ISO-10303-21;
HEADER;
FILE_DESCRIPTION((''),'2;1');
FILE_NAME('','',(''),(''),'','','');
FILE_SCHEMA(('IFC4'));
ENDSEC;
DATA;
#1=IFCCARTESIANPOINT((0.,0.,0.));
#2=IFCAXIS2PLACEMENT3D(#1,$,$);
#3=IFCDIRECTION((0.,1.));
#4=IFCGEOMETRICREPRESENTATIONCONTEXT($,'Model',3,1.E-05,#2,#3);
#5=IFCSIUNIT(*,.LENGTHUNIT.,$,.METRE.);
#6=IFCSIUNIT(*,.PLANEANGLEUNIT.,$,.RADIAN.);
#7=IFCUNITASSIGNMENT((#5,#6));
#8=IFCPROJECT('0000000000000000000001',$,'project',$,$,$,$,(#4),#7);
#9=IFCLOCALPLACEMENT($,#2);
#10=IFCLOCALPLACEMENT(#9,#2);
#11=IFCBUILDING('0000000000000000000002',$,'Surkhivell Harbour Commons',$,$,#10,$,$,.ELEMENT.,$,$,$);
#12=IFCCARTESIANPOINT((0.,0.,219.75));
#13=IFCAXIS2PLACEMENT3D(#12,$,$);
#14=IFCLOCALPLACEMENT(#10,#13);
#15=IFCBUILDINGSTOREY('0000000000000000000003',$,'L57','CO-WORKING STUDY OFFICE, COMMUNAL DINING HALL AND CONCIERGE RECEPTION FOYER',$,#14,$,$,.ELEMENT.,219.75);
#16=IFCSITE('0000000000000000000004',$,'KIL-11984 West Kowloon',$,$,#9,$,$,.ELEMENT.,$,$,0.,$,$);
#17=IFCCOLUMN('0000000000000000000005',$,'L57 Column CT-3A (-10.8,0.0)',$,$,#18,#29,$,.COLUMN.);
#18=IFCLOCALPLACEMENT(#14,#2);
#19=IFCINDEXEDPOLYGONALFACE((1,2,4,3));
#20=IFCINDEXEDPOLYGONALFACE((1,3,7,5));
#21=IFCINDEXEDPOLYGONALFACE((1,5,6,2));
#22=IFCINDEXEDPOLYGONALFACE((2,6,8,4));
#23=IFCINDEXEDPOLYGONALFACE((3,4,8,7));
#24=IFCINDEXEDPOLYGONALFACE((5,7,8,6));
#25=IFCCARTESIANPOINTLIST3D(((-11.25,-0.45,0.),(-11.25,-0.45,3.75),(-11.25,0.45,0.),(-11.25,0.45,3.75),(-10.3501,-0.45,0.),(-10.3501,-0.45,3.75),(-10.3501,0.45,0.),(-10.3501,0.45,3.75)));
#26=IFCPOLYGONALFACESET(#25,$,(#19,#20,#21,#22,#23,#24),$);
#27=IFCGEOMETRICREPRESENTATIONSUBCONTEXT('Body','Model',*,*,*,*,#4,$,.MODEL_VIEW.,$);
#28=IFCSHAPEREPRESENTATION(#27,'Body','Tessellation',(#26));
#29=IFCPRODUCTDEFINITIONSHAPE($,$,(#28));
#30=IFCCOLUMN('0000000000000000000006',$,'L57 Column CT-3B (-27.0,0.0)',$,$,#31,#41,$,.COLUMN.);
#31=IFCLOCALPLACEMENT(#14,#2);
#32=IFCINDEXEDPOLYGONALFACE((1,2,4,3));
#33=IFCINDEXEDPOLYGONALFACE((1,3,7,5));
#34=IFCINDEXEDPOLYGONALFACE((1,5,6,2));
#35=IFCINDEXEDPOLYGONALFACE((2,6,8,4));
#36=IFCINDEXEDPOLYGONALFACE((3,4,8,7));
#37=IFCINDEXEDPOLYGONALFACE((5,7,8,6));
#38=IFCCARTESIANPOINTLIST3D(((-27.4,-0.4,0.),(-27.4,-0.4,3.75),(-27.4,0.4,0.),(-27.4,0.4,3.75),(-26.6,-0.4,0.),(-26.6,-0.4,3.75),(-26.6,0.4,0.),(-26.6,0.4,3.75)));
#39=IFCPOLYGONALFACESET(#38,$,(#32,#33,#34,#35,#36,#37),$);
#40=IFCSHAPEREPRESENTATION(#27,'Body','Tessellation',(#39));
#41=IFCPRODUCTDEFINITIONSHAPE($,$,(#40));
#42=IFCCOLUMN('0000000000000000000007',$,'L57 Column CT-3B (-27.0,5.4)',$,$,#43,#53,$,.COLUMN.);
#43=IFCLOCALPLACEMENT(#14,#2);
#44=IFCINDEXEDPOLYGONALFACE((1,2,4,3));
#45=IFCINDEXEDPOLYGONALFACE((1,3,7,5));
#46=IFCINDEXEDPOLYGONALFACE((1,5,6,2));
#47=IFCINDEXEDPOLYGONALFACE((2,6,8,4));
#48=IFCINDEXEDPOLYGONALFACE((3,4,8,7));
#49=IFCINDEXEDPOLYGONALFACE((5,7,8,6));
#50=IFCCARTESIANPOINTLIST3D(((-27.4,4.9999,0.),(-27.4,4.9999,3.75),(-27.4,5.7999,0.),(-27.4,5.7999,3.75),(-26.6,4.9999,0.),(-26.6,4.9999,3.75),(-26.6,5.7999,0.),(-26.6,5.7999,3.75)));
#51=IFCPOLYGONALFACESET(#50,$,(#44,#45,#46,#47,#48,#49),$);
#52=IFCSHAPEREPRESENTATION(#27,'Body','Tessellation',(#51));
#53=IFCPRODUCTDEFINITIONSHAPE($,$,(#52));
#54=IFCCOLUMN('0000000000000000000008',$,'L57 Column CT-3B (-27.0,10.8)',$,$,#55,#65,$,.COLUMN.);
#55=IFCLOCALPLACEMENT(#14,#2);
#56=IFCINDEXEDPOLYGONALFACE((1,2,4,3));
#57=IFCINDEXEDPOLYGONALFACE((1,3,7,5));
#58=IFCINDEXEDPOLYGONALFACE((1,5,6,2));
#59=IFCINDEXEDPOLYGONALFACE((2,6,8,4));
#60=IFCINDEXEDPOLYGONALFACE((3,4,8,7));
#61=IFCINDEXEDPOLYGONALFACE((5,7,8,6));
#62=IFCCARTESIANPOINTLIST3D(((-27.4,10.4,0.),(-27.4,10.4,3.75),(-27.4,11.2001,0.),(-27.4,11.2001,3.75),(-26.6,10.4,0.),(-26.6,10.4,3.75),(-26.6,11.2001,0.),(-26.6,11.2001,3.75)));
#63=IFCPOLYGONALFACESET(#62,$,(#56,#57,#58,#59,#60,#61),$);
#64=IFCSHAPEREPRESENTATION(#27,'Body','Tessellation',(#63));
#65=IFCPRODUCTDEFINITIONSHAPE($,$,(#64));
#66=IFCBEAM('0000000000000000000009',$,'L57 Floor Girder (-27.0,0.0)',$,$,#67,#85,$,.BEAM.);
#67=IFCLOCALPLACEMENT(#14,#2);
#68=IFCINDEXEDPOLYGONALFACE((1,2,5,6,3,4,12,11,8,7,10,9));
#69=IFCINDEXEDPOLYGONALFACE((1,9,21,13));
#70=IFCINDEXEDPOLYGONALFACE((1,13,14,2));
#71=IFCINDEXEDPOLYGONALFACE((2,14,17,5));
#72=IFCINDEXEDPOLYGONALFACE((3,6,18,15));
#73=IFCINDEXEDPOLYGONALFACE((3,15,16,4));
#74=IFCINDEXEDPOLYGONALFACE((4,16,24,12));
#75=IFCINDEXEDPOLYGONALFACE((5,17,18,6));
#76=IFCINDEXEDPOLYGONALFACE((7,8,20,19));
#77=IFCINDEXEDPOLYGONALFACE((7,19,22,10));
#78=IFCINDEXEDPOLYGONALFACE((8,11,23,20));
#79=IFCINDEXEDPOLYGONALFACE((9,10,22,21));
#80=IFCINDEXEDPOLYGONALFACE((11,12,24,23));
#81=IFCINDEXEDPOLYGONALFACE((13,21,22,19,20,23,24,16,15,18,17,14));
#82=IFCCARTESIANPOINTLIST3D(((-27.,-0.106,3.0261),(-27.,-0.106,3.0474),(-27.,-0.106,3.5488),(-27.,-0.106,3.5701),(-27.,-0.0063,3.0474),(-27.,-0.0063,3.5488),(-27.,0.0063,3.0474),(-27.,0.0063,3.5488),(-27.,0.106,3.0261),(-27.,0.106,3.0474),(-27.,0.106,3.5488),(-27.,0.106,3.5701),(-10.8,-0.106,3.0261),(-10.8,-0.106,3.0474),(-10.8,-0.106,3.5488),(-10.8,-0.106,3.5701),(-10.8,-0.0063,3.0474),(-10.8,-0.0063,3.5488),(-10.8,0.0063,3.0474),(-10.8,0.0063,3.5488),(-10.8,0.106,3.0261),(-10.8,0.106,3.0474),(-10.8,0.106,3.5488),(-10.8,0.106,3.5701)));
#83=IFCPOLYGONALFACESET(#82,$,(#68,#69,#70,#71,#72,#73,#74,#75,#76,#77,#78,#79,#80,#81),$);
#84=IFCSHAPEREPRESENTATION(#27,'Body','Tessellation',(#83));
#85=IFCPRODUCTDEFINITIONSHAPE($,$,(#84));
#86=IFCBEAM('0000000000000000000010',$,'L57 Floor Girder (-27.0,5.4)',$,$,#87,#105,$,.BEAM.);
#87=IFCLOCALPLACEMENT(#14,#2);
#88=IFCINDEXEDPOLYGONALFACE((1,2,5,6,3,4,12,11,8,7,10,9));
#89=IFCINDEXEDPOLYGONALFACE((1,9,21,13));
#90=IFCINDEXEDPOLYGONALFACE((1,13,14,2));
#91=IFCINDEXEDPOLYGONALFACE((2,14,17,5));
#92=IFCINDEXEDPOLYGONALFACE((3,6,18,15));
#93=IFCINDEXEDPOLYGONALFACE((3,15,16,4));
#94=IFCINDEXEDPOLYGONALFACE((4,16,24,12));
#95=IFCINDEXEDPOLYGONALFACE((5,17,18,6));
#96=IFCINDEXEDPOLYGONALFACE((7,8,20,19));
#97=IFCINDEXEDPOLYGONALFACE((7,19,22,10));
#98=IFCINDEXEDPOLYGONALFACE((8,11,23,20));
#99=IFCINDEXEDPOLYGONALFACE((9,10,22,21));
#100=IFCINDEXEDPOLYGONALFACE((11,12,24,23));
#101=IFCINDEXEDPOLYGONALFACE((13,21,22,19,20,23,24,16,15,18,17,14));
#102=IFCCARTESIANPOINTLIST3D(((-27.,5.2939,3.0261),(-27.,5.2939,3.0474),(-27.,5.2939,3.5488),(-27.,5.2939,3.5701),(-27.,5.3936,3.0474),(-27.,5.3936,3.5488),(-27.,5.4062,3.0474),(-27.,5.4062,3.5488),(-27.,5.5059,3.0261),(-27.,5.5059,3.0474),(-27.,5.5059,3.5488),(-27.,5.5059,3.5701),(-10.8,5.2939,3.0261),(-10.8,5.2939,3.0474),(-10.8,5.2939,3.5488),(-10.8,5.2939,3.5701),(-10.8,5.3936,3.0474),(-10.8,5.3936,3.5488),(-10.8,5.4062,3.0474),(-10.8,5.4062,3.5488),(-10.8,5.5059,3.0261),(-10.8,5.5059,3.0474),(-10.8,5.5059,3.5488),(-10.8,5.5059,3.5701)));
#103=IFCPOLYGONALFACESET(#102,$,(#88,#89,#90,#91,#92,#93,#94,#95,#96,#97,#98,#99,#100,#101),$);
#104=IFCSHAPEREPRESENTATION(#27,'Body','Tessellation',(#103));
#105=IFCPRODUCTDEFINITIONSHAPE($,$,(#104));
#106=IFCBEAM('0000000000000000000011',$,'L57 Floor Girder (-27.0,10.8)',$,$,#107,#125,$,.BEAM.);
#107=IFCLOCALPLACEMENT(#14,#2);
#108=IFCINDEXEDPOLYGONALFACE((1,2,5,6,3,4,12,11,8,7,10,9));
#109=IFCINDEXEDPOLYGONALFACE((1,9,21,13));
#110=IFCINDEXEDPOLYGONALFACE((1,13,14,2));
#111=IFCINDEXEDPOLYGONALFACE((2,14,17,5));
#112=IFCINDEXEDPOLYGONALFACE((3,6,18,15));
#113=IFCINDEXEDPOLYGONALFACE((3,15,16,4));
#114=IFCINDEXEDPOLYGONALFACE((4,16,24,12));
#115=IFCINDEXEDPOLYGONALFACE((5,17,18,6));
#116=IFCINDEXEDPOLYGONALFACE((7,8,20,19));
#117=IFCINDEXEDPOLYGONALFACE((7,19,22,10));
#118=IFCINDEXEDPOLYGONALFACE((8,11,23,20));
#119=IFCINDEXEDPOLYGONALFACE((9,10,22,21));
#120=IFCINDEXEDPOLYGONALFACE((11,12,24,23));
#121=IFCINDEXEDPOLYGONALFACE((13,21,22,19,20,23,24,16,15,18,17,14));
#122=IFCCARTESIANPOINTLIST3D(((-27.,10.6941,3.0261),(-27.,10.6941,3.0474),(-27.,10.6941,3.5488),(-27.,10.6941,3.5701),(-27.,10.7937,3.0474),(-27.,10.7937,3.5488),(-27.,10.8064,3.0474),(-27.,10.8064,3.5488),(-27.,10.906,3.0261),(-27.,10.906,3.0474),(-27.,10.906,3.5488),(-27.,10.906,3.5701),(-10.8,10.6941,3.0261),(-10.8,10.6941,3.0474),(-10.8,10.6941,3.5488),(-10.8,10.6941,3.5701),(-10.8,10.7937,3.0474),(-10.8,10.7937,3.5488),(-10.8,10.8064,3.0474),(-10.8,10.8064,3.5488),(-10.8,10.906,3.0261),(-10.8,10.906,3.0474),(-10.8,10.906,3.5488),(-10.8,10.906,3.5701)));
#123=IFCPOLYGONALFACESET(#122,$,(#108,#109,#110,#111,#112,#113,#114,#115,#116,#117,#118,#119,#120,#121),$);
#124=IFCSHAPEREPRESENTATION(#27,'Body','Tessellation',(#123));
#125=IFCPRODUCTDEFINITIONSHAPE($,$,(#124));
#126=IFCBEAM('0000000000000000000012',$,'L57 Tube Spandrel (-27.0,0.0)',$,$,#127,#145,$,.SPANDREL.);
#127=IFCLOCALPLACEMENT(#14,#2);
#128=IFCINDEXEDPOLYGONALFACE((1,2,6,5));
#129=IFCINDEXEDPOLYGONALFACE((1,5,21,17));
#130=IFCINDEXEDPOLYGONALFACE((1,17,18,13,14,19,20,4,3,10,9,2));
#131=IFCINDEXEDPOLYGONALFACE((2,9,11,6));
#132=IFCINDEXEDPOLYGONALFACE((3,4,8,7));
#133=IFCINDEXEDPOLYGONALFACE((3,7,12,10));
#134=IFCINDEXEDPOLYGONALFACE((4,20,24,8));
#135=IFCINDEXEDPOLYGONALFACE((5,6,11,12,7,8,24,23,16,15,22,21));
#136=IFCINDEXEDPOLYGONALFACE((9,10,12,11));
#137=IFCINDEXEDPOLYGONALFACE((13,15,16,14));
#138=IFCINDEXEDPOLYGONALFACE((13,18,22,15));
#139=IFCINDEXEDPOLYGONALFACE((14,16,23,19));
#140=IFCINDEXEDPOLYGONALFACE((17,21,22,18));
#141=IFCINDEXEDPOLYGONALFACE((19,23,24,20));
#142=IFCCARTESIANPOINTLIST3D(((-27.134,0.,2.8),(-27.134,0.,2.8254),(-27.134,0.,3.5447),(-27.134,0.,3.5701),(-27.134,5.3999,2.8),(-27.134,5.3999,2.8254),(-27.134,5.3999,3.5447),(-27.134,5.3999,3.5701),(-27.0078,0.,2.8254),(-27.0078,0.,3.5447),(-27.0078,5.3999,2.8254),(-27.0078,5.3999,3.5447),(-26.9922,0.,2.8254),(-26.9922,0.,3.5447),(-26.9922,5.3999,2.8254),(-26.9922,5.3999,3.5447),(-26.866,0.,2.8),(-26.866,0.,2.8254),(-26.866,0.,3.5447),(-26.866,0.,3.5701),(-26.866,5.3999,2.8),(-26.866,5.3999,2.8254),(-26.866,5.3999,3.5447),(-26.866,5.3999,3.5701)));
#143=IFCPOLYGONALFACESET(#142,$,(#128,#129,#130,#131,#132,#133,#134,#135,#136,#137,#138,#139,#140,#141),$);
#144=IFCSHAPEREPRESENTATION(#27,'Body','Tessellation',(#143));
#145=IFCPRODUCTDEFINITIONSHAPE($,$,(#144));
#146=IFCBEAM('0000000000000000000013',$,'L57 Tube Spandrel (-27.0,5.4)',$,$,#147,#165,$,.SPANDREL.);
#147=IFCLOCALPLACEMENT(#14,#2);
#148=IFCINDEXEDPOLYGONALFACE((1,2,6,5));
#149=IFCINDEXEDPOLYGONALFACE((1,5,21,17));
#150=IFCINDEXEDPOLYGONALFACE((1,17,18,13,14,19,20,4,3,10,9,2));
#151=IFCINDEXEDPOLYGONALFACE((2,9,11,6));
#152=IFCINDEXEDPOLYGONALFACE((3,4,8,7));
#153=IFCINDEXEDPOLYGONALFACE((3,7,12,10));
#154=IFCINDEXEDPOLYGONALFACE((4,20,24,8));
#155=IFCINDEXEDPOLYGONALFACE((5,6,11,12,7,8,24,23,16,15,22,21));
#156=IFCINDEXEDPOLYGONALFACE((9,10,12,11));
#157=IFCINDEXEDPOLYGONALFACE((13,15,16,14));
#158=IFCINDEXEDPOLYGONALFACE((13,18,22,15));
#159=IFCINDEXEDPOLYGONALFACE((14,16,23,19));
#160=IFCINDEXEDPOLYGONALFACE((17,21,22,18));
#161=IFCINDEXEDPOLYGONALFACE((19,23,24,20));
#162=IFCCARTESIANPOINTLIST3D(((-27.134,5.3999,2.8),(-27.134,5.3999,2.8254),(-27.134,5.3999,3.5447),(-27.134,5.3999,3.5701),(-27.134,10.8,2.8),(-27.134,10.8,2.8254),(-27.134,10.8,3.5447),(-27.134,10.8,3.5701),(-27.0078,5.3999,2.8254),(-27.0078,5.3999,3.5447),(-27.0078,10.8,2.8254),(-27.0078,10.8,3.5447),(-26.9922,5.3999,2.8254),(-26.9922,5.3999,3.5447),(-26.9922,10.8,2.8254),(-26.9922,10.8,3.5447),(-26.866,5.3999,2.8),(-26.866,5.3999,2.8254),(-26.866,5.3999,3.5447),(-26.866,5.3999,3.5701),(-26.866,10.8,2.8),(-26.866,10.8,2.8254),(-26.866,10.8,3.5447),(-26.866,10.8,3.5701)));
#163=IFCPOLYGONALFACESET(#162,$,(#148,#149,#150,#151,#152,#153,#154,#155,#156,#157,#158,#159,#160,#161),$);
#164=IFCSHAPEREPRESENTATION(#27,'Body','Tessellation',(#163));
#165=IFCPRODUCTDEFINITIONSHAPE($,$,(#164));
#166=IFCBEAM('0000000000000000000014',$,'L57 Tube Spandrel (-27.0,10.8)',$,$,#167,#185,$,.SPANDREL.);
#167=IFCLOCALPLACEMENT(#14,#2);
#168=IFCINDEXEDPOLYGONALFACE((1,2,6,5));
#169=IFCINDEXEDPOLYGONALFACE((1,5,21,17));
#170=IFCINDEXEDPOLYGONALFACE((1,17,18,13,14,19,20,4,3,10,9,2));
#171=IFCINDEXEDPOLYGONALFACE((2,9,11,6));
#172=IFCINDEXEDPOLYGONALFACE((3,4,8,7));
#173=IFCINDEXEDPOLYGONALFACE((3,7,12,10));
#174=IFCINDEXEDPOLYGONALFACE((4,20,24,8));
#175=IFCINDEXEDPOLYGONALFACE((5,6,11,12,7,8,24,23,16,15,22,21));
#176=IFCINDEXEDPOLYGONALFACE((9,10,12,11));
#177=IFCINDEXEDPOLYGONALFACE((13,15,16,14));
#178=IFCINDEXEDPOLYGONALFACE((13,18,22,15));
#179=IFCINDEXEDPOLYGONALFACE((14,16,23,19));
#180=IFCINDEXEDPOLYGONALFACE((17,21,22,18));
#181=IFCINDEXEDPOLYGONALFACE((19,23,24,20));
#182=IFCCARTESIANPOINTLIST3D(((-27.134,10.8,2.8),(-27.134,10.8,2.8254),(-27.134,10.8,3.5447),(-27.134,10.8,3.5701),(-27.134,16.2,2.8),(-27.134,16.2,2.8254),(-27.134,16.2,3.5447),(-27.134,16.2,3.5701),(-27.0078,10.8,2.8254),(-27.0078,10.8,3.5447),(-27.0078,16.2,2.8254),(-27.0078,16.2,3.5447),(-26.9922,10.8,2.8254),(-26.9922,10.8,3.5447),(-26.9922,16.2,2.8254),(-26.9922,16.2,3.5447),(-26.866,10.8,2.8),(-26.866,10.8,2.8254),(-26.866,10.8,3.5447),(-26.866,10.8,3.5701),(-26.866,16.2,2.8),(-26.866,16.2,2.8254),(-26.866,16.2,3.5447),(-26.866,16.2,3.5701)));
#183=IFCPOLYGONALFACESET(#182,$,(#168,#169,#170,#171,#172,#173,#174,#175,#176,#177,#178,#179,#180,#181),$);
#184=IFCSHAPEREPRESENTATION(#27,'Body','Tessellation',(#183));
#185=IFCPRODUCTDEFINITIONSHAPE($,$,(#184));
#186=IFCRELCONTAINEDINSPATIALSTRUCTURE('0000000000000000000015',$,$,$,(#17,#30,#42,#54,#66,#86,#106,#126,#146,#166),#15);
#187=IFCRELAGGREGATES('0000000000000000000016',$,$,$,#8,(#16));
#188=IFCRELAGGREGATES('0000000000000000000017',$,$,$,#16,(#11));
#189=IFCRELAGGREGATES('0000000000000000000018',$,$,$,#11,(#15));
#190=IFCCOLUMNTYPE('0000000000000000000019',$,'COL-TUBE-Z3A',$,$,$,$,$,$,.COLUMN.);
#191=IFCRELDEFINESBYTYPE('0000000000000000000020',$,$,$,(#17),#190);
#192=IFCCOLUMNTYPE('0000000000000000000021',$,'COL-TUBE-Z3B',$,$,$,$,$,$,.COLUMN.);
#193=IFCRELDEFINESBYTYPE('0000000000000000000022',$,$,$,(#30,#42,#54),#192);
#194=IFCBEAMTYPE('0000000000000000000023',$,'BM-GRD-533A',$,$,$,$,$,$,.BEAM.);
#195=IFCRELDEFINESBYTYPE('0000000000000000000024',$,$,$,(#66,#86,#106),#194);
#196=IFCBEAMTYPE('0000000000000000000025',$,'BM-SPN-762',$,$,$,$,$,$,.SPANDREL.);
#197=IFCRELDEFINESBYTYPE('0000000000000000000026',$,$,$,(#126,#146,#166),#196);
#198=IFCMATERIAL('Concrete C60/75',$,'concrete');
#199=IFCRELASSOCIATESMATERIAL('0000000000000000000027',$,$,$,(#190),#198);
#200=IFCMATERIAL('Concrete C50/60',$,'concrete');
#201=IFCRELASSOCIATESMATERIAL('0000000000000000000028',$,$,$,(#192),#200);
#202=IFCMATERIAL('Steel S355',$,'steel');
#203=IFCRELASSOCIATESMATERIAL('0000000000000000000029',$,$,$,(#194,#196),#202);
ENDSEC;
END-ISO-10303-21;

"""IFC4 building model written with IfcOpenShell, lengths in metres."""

from ifc_helpers import new_model, si_unit, direction, frame, origin, origin_2d, place, context, subcontext, project, spatial, rectangle, i_section, extrude, material, material_profile, profile_set, type_object, element, save


model = new_model("IFC4")

# Units and contexts
model_context = context("Model", 3, precision=1e-05, world=origin(), true_north=direction((0.0, 1.0)))
body_context = subcontext(model_context, "Body", "Model", "MODEL_VIEW")
ifc_project = project(units=[si_unit("LENGTHUNIT", "METRE"), si_unit("PLANEANGLEUNIT", "RADIAN")], contexts=[model_context])

# Site, building, storey
site_placement = place(None, origin())
site = spatial("IfcSite", under=ifc_project, at=site_placement, Name="KIL-11984 West Kowloon", CompositionType="ELEMENT", RefElevation=0.0)
building_placement = place(site_placement, origin())
building = spatial("IfcBuilding", under=site, at=building_placement, Name="Surkhivell Harbour Commons", CompositionType="ELEMENT")
storey_placement = place(building_placement, frame((0.0, 0.0, 219.75)))
storey = spatial("IfcBuildingStorey", under=building, at=storey_placement, Name="L57", Description="CO-WORKING STUDY OFFICE, COMMUNAL DINING HALL AND CONCIERGE RECEPTION FOYER", CompositionType="ELEMENT", Elevation=219.75)

# Columns
ifc_material_1 = material(Name="Concrete C60/75", Category="concrete")
ifc_material_profile_1 = material_profile(ifc_material_1, rectangle(XDim=0.8999, YDim=0.8999, at=origin_2d()), Name="RC-COL-900x900")
ifc_profile_set_1 = profile_set([ifc_material_profile_1], Name="Concrete C60/75")
column_type_1 = type_object("IfcColumnType", Name="COL-TUBE-Z3A", PredefinedType="COLUMN", material=ifc_profile_set_1)
column_placement = place(storey_placement, frame((-10.8, 0.0, 0.0), z_axis=(0.0, 0.0, 1.0), x_axis=(1.0, 0.0, 0.0)))
element("IfcColumn", 1, at=column_placement, inside=storey, type_object=column_type_1, Name="L57 Column CT-3A (-10.8,0.0)", PredefinedType="COLUMN", context=body_context, shape_type="SweptSolid", body=[
    extrude(rectangle(XDim=0.8999, YDim=0.8999, at=origin_2d()), origin(), (0.0, 0.0, 1.0), 3.75),
])
ifc_material_2 = material(Name="Concrete C50/60", Category="concrete")
ifc_material_profile_2 = material_profile(ifc_material_2, rectangle(XDim=0.8, YDim=0.8, at=origin_2d()), Name="RC-COL-800x800")
ifc_profile_set_2 = profile_set([ifc_material_profile_2], Name="Concrete C50/60")
column_type_2 = type_object("IfcColumnType", Name="COL-TUBE-Z3B", PredefinedType="COLUMN", material=ifc_profile_set_2)
for number, where, z_axis, x_axis, name in (
    (2, (-27.0, 0.0, 0.0), (0.0, 0.0, 1.0), (1.0, 0.0, 0.0), "L57 Column CT-3B (-27.0,0.0)"),
    (3, (-27.0, 5.3999, 0.0), (0.0, 0.0, 1.0), (1.0, 0.0, 0.0), "L57 Column CT-3B (-27.0,5.4)"),
    (4, (-27.0, 10.8, 0.0), (0.0, 0.0, 1.0), (1.0, 0.0, 0.0), "L57 Column CT-3B (-27.0,10.8)"),
):
    element("IfcColumn", number, at=place(storey_placement, frame(where, z_axis=z_axis, x_axis=x_axis)), inside=storey, type_object=column_type_2, Name=name, PredefinedType="COLUMN", context=body_context, shape_type="SweptSolid", body=[
        extrude(rectangle(XDim=0.8, YDim=0.8, at=origin_2d()), origin(), (0.0, 0.0, 1.0), 3.75),
    ])

# Beams
ifc_material_3 = material(Name="Steel S355", Category="steel")
ifc_material_profile_3 = material_profile(ifc_material_3, i_section(OverallWidth=0.2119, OverallDepth=0.5439, WebThickness=0.0127, FlangeThickness=0.0212, at=origin_2d()), Name="UB533x210x122")
ifc_profile_set_3 = profile_set([ifc_material_profile_3], Name="Steel S355")
beam_type_1 = type_object("IfcBeamType", Name="BM-GRD-533A", PredefinedType="BEAM", material=ifc_profile_set_3)
for number, where, z_axis, x_axis, name in (
    (5, (-27.0, 0.0, 3.2981), (1.0, 0.0, 0.0), (0.0, 1.0, 0.0), "L57 Floor Girder (-27.0,0.0)"),
    (6, (-27.0, 5.3999, 3.2981), (1.0, 0.0, 0.0), (0.0, 1.0, 0.0), "L57 Floor Girder (-27.0,5.4)"),
    (7, (-27.0, 10.8, 3.2981), (1.0, 0.0, 0.0), (0.0, 1.0, 0.0), "L57 Floor Girder (-27.0,10.8)"),
):
    element("IfcBeam", number, at=place(storey_placement, frame(where, z_axis=z_axis, x_axis=x_axis)), inside=storey, type_object=beam_type_1, Name=name, PredefinedType="BEAM", context=body_context, shape_type="SweptSolid", body=[
        extrude(i_section(OverallWidth=0.2119, OverallDepth=0.5439, WebThickness=0.0127, FlangeThickness=0.0212, at=origin_2d()), origin(), (0.0, 0.0, 1.0), 16.2),
    ])
ifc_material_profile_4 = material_profile(ifc_material_3, i_section(OverallWidth=0.2681, OverallDepth=0.77, WebThickness=0.0156, FlangeThickness=0.0254, at=origin_2d()), Name="UB762x267x197")
ifc_profile_set_4 = profile_set([ifc_material_profile_4], Name="Steel S355")
beam_type_2 = type_object("IfcBeamType", Name="BM-SPN-762", PredefinedType="SPANDREL", material=ifc_profile_set_4)
beam_1_placement = place(storey_placement, frame((-27.0, 0.0, 3.1851), z_axis=(0.0, 1.0, 0.0), x_axis=(-1.0, 0.0, 0.0)))
element("IfcBeam", 8, at=beam_1_placement, inside=storey, type_object=beam_type_2, Name="L57 Tube Spandrel (-27.0,0.0)", PredefinedType="SPANDREL", context=body_context, shape_type="SweptSolid", body=[
    extrude(i_section(OverallWidth=0.2681, OverallDepth=0.77, WebThickness=0.0156, FlangeThickness=0.0254, at=origin_2d()), origin(), (0.0, 0.0, 1.0), 5.3999),
])
beam_2_placement = place(storey_placement, frame((-27.0, 5.3999, 3.1851), z_axis=(0.0, 1.0, 0.0), x_axis=(-1.0, 0.0, 0.0)))
element("IfcBeam", 9, at=beam_2_placement, inside=storey, type_object=beam_type_2, Name="L57 Tube Spandrel (-27.0,5.4)", PredefinedType="SPANDREL", context=body_context, shape_type="SweptSolid", body=[
    extrude(i_section(OverallWidth=0.2681, OverallDepth=0.77, WebThickness=0.0156, FlangeThickness=0.0254, at=origin_2d()), origin(), (0.0, 0.0, 1.0), 5.4001),
])
beam_3_placement = place(storey_placement, frame((-27.0, 10.8, 3.1851), z_axis=(0.0, 1.0, 0.0), x_axis=(-1.0, 0.0, 0.0)))
element("IfcBeam", 10, at=beam_3_placement, inside=storey, type_object=beam_type_2, Name="L57 Tube Spandrel (-27.0,10.8)", PredefinedType="SPANDREL", context=body_context, shape_type="SweptSolid", body=[
    extrude(i_section(OverallWidth=0.2681, OverallDepth=0.77, WebThickness=0.0156, FlangeThickness=0.0254, at=origin_2d()), origin(), (0.0, 0.0, 1.0), 5.3999),
])

save(model, "model.ifc")
